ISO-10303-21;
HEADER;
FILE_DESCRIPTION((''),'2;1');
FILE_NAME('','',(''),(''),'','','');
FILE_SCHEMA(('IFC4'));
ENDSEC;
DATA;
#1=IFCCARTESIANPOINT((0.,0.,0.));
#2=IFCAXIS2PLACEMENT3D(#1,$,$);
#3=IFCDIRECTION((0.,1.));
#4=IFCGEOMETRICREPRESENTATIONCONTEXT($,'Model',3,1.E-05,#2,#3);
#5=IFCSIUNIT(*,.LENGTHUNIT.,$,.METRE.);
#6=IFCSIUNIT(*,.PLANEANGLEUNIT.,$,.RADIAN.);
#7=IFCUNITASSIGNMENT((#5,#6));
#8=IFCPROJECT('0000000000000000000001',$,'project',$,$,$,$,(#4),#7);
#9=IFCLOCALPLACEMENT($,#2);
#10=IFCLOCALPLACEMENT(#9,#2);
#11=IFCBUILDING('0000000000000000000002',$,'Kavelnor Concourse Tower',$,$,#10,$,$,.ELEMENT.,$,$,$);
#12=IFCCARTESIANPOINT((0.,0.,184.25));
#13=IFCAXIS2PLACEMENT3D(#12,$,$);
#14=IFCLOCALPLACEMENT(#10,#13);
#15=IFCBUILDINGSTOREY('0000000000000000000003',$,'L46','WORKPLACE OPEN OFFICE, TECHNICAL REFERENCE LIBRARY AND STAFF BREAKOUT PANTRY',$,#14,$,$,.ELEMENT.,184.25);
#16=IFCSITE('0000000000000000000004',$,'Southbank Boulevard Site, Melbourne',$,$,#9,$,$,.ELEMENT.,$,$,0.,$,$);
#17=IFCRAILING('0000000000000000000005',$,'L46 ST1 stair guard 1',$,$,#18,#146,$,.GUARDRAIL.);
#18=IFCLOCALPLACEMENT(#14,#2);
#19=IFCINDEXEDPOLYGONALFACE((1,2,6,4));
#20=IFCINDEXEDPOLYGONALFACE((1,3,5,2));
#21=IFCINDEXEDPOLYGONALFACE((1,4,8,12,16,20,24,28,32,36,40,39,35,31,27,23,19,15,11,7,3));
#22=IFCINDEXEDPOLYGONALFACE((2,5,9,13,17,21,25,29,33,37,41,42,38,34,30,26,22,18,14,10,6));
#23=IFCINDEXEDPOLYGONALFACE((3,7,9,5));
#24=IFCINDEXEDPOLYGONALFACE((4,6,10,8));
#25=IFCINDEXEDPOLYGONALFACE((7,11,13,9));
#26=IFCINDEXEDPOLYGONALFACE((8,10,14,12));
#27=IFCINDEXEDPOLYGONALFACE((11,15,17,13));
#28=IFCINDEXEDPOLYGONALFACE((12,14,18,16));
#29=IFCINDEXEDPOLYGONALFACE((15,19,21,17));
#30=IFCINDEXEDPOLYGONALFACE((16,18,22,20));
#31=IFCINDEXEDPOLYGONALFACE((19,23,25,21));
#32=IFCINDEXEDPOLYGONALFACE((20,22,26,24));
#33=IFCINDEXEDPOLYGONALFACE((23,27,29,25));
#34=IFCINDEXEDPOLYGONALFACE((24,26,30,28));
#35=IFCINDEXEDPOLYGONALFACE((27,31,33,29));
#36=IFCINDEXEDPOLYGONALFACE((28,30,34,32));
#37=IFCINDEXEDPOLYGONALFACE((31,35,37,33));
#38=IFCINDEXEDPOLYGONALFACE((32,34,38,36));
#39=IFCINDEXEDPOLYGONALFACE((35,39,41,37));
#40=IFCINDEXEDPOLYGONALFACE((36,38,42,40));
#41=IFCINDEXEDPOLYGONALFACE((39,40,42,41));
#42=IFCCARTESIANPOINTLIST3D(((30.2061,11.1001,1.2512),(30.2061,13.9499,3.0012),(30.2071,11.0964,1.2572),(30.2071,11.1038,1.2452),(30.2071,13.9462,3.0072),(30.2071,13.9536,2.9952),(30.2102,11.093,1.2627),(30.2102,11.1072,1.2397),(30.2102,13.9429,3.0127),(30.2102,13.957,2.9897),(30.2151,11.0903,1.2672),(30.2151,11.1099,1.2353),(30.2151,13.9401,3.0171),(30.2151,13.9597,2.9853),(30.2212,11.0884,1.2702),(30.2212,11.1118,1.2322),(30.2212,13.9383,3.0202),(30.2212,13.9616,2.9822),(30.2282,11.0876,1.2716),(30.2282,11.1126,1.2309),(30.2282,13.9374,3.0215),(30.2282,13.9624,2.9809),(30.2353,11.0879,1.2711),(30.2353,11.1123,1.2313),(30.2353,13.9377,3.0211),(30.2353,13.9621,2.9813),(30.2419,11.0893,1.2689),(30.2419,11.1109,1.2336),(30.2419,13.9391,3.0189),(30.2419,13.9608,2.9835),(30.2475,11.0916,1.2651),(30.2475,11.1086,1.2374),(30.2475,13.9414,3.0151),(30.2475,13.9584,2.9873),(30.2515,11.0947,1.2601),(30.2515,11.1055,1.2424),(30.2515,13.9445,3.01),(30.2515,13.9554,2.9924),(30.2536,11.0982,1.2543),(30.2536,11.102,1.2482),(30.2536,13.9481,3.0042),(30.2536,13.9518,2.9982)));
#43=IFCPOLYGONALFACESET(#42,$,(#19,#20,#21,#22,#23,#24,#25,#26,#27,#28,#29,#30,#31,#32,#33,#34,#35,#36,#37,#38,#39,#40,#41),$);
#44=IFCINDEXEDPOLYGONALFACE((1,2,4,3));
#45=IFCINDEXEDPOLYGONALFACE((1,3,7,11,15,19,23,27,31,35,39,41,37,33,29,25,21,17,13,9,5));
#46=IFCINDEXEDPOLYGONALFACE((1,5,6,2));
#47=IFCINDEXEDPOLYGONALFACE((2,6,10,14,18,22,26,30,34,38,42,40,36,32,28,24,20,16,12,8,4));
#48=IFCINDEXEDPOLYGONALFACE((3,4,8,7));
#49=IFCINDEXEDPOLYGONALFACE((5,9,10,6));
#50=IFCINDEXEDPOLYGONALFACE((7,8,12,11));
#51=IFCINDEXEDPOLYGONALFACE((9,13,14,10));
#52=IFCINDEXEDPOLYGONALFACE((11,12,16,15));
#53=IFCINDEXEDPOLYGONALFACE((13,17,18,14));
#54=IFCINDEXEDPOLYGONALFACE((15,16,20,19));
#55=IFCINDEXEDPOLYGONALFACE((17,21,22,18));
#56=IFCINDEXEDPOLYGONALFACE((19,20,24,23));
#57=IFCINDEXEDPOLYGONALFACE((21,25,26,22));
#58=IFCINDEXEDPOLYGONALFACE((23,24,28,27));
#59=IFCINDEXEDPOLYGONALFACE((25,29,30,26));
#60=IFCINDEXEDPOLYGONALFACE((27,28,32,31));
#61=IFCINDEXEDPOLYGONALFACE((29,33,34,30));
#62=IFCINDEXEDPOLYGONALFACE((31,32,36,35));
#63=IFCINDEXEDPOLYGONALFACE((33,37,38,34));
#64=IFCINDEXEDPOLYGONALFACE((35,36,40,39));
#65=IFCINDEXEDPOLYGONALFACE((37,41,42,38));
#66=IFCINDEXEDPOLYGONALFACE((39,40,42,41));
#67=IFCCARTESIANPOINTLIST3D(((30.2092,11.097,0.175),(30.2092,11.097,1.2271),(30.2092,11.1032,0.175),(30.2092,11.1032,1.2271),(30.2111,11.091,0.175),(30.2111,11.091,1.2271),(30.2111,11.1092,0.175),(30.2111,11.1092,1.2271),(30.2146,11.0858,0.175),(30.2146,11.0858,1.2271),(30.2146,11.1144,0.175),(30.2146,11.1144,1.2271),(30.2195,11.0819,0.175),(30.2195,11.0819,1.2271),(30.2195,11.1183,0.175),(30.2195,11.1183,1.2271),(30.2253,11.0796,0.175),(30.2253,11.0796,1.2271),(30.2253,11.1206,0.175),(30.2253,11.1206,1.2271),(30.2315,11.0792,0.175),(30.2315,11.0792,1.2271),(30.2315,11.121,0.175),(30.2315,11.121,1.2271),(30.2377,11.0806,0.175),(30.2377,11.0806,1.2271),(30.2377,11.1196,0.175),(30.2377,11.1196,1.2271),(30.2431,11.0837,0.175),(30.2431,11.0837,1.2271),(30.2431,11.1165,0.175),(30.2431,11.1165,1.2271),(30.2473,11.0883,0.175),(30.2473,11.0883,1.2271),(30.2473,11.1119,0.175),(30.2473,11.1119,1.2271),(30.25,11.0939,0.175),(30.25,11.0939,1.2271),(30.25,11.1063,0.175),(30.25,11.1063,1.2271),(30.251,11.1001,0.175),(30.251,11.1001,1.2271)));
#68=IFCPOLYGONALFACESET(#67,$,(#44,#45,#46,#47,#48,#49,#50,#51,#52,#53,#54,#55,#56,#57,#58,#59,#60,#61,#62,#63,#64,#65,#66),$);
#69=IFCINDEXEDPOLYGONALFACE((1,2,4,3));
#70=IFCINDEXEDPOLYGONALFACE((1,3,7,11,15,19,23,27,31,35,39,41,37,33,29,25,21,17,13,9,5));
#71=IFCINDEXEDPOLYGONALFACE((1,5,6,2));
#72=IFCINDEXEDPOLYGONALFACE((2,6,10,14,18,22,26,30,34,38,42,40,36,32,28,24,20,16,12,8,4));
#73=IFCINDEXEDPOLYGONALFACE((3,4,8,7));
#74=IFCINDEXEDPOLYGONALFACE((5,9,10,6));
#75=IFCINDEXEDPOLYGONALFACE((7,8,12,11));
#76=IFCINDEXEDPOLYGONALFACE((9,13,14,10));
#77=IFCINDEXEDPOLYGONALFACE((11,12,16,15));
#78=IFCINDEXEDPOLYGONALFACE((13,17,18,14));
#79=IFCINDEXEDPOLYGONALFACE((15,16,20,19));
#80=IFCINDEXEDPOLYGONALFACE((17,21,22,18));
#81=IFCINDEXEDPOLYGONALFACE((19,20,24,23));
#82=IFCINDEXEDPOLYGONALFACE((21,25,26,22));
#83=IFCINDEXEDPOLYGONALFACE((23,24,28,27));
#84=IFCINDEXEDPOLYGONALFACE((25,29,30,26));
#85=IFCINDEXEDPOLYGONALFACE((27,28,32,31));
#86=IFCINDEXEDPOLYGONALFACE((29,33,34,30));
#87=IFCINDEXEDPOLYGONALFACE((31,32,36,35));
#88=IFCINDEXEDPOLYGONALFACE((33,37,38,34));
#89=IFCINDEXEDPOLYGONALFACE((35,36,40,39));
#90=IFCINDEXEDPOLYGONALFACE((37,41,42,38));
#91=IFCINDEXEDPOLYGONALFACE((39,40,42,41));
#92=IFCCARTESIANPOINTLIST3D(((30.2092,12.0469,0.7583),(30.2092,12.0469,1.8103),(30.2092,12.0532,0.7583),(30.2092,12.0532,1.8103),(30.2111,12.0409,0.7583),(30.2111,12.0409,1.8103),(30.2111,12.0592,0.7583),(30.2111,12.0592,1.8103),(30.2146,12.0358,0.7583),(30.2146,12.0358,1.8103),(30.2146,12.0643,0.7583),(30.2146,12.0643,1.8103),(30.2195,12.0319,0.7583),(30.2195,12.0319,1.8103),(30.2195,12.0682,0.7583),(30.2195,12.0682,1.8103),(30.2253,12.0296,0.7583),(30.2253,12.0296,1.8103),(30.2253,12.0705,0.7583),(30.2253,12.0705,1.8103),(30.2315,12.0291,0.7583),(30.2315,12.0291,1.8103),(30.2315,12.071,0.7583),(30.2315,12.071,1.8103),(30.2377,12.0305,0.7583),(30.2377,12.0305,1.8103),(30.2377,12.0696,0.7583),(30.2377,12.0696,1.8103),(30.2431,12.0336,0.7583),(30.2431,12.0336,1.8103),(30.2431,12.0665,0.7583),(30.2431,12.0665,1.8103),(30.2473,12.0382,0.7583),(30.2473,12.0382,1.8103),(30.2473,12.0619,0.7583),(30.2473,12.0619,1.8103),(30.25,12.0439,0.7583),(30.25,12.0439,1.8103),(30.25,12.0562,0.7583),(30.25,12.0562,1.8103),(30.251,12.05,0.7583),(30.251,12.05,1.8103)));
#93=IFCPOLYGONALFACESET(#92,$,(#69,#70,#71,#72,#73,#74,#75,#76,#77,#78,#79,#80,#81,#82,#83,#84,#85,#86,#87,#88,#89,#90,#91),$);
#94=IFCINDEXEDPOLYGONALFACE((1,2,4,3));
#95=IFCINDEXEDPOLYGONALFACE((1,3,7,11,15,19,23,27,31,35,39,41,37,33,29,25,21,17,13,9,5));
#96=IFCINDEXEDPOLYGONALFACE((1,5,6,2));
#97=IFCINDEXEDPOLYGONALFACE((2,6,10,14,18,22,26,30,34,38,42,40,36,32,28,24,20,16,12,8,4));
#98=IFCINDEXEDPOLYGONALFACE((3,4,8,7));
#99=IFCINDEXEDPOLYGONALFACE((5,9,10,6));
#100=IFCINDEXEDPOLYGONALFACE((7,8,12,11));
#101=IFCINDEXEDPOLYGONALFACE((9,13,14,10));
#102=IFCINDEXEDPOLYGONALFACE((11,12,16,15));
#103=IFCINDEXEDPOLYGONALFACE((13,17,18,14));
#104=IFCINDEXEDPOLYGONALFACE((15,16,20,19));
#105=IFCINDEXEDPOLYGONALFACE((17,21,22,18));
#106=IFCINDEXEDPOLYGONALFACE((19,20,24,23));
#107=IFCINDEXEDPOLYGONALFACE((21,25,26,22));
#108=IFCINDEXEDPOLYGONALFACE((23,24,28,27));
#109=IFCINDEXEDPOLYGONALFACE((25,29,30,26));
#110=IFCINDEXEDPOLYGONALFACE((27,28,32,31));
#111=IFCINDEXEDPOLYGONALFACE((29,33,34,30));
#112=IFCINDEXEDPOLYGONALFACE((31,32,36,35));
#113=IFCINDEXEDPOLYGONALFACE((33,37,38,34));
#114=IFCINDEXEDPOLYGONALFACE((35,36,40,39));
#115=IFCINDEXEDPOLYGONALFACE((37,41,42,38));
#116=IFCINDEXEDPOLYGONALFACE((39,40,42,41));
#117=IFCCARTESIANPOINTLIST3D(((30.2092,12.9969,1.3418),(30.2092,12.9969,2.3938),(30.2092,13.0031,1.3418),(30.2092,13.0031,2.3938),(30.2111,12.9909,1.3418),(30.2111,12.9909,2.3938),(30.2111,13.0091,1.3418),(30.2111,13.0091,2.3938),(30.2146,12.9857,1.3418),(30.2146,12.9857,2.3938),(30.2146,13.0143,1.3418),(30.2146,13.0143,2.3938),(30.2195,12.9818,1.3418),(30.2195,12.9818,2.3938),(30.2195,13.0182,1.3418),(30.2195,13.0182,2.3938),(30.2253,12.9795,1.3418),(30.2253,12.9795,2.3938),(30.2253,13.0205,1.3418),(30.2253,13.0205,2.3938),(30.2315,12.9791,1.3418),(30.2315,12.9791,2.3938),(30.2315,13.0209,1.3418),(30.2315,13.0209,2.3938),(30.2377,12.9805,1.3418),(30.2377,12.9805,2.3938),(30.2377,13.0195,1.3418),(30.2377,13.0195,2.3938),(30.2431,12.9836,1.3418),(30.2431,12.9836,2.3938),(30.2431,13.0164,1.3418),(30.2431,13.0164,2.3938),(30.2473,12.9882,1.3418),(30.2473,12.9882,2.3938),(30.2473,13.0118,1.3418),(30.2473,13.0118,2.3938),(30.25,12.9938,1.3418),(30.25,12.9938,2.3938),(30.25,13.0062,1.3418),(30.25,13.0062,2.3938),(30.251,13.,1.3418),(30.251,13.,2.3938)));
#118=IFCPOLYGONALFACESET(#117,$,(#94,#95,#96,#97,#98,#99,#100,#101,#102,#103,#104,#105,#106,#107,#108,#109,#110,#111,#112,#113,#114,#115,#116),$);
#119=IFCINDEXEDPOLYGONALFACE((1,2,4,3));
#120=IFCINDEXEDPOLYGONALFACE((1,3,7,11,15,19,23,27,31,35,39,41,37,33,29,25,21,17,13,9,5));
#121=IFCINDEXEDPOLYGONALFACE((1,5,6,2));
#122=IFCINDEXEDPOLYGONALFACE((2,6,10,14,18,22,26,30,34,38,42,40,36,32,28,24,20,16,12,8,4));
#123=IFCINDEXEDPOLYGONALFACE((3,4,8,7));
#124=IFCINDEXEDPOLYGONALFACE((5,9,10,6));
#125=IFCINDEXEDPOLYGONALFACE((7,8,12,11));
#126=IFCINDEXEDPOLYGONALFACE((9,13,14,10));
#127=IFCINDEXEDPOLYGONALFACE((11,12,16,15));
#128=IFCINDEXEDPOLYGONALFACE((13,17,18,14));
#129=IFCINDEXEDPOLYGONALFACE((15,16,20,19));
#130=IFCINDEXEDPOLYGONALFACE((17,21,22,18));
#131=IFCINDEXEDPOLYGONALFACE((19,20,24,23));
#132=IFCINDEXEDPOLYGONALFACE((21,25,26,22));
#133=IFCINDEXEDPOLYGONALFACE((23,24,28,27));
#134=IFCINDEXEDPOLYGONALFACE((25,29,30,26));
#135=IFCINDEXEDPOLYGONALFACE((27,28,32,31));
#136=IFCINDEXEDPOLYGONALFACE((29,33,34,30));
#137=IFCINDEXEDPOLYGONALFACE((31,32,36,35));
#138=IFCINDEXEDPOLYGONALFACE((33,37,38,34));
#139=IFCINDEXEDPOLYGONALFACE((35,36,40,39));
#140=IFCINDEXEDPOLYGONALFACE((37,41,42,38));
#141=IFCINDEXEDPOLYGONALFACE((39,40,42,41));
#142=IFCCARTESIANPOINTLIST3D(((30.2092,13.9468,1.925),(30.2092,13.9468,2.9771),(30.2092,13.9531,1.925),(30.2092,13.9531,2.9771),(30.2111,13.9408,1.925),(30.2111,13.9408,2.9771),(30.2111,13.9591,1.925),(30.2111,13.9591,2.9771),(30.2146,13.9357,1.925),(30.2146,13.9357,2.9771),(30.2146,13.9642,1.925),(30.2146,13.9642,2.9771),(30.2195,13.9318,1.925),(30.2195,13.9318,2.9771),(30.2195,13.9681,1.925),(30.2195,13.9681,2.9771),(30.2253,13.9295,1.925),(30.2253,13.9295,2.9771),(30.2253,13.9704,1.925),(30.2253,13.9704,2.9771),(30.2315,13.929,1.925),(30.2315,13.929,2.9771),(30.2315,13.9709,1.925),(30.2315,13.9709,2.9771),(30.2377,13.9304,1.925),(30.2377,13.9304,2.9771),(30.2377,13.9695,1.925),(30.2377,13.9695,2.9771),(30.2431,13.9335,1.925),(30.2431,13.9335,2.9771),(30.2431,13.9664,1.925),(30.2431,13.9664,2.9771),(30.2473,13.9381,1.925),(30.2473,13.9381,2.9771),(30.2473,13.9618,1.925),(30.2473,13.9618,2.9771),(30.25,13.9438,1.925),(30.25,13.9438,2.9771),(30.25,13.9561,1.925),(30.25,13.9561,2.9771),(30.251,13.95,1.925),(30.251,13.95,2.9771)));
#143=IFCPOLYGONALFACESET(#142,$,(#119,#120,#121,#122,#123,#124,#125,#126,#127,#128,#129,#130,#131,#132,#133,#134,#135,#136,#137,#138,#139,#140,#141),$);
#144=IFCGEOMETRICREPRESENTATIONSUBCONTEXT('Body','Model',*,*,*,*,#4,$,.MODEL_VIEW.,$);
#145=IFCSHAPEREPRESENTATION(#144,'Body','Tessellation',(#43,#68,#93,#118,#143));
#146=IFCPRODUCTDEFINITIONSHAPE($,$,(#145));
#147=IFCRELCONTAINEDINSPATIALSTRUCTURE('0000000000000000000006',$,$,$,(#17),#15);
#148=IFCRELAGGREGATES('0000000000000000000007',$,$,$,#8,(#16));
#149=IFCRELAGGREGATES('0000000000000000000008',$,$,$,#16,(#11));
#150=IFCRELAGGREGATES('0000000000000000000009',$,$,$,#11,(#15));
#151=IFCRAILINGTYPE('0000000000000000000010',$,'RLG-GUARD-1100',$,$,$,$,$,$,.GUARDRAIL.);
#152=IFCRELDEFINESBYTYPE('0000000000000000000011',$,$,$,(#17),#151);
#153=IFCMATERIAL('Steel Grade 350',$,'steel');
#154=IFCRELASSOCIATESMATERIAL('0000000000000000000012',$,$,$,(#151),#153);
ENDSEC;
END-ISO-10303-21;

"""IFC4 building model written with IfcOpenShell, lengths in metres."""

from ifc_helpers import new_model, si_unit, direction, frame, origin, origin_2d, place, context, subcontext, project, spatial, circle, extrude, material, type_object, element, save


model = new_model("IFC4")

# Units and contexts
model_context = context("Model", 3, precision=1e-05, world=origin(), true_north=direction((0.0, 1.0)))
body_context = subcontext(model_context, "Body", "Model", "MODEL_VIEW")
ifc_project = project(units=[si_unit("LENGTHUNIT", "METRE"), si_unit("PLANEANGLEUNIT", "RADIAN")], contexts=[model_context])

# Site, building, storey
site_placement = place(None, origin())
site = spatial("IfcSite", under=ifc_project, at=site_placement, Name="Southbank Boulevard Site, Melbourne", CompositionType="ELEMENT", RefElevation=0.0)
building_placement = place(site_placement, origin())
building = spatial("IfcBuilding", under=site, at=building_placement, Name="Kavelnor Concourse Tower", CompositionType="ELEMENT")
storey_placement = place(building_placement, frame((0.0, 0.0, 184.25)))
storey = spatial("IfcBuildingStorey", under=building, at=storey_placement, Name="L46", Description="WORKPLACE OPEN OFFICE, TECHNICAL REFERENCE LIBRARY AND STAFF BREAKOUT PANTRY", CompositionType="ELEMENT", Elevation=184.25)

# Shared definitions
ifc_material_1 = material(Name="Steel Grade 350", Category="steel")

# Railing
railing_type_1 = type_object("IfcRailingType", Name="RLG-GUARD-1100", PredefinedType="GUARDRAIL", material=ifc_material_1)
railing_1_placement = place(storey_placement, frame((30.23, 11.1001, 0.175)))
element("IfcRailing", 1, at=railing_1_placement, inside=storey, type_object=railing_type_1, Name="L46 ST1 stair guard 1", PredefinedType="GUARDRAIL", context=body_context, shape_type="SweptSolid", body=[
    extrude(circle(Radius=0.0239, at=origin_2d()), frame((0.0, 0.0, 1.0762), z_axis=(0.0, 0.852159, 0.523283), x_axis=(-1.0, 0.0, 0.0)), (0.0, 0.0, 1.0), 3.3442),
    extrude(circle(Radius=0.021, at=origin_2d()), origin(), (0.0, 0.0, 1.0), 1.052),
    extrude(circle(Radius=0.021, at=origin_2d()), frame((0.0, 0.95, 0.5833)), (0.0, 0.0, 1.0), 1.052),
    extrude(circle(Radius=0.021, at=origin_2d()), frame((0.0, 1.8999, 1.1667)), (0.0, 0.0, 1.0), 1.052),
    extrude(circle(Radius=0.021, at=origin_2d()), frame((0.0, 2.8499, 1.75)), (0.0, 0.0, 1.0), 1.052),
])

save(model, "model.ifc")
